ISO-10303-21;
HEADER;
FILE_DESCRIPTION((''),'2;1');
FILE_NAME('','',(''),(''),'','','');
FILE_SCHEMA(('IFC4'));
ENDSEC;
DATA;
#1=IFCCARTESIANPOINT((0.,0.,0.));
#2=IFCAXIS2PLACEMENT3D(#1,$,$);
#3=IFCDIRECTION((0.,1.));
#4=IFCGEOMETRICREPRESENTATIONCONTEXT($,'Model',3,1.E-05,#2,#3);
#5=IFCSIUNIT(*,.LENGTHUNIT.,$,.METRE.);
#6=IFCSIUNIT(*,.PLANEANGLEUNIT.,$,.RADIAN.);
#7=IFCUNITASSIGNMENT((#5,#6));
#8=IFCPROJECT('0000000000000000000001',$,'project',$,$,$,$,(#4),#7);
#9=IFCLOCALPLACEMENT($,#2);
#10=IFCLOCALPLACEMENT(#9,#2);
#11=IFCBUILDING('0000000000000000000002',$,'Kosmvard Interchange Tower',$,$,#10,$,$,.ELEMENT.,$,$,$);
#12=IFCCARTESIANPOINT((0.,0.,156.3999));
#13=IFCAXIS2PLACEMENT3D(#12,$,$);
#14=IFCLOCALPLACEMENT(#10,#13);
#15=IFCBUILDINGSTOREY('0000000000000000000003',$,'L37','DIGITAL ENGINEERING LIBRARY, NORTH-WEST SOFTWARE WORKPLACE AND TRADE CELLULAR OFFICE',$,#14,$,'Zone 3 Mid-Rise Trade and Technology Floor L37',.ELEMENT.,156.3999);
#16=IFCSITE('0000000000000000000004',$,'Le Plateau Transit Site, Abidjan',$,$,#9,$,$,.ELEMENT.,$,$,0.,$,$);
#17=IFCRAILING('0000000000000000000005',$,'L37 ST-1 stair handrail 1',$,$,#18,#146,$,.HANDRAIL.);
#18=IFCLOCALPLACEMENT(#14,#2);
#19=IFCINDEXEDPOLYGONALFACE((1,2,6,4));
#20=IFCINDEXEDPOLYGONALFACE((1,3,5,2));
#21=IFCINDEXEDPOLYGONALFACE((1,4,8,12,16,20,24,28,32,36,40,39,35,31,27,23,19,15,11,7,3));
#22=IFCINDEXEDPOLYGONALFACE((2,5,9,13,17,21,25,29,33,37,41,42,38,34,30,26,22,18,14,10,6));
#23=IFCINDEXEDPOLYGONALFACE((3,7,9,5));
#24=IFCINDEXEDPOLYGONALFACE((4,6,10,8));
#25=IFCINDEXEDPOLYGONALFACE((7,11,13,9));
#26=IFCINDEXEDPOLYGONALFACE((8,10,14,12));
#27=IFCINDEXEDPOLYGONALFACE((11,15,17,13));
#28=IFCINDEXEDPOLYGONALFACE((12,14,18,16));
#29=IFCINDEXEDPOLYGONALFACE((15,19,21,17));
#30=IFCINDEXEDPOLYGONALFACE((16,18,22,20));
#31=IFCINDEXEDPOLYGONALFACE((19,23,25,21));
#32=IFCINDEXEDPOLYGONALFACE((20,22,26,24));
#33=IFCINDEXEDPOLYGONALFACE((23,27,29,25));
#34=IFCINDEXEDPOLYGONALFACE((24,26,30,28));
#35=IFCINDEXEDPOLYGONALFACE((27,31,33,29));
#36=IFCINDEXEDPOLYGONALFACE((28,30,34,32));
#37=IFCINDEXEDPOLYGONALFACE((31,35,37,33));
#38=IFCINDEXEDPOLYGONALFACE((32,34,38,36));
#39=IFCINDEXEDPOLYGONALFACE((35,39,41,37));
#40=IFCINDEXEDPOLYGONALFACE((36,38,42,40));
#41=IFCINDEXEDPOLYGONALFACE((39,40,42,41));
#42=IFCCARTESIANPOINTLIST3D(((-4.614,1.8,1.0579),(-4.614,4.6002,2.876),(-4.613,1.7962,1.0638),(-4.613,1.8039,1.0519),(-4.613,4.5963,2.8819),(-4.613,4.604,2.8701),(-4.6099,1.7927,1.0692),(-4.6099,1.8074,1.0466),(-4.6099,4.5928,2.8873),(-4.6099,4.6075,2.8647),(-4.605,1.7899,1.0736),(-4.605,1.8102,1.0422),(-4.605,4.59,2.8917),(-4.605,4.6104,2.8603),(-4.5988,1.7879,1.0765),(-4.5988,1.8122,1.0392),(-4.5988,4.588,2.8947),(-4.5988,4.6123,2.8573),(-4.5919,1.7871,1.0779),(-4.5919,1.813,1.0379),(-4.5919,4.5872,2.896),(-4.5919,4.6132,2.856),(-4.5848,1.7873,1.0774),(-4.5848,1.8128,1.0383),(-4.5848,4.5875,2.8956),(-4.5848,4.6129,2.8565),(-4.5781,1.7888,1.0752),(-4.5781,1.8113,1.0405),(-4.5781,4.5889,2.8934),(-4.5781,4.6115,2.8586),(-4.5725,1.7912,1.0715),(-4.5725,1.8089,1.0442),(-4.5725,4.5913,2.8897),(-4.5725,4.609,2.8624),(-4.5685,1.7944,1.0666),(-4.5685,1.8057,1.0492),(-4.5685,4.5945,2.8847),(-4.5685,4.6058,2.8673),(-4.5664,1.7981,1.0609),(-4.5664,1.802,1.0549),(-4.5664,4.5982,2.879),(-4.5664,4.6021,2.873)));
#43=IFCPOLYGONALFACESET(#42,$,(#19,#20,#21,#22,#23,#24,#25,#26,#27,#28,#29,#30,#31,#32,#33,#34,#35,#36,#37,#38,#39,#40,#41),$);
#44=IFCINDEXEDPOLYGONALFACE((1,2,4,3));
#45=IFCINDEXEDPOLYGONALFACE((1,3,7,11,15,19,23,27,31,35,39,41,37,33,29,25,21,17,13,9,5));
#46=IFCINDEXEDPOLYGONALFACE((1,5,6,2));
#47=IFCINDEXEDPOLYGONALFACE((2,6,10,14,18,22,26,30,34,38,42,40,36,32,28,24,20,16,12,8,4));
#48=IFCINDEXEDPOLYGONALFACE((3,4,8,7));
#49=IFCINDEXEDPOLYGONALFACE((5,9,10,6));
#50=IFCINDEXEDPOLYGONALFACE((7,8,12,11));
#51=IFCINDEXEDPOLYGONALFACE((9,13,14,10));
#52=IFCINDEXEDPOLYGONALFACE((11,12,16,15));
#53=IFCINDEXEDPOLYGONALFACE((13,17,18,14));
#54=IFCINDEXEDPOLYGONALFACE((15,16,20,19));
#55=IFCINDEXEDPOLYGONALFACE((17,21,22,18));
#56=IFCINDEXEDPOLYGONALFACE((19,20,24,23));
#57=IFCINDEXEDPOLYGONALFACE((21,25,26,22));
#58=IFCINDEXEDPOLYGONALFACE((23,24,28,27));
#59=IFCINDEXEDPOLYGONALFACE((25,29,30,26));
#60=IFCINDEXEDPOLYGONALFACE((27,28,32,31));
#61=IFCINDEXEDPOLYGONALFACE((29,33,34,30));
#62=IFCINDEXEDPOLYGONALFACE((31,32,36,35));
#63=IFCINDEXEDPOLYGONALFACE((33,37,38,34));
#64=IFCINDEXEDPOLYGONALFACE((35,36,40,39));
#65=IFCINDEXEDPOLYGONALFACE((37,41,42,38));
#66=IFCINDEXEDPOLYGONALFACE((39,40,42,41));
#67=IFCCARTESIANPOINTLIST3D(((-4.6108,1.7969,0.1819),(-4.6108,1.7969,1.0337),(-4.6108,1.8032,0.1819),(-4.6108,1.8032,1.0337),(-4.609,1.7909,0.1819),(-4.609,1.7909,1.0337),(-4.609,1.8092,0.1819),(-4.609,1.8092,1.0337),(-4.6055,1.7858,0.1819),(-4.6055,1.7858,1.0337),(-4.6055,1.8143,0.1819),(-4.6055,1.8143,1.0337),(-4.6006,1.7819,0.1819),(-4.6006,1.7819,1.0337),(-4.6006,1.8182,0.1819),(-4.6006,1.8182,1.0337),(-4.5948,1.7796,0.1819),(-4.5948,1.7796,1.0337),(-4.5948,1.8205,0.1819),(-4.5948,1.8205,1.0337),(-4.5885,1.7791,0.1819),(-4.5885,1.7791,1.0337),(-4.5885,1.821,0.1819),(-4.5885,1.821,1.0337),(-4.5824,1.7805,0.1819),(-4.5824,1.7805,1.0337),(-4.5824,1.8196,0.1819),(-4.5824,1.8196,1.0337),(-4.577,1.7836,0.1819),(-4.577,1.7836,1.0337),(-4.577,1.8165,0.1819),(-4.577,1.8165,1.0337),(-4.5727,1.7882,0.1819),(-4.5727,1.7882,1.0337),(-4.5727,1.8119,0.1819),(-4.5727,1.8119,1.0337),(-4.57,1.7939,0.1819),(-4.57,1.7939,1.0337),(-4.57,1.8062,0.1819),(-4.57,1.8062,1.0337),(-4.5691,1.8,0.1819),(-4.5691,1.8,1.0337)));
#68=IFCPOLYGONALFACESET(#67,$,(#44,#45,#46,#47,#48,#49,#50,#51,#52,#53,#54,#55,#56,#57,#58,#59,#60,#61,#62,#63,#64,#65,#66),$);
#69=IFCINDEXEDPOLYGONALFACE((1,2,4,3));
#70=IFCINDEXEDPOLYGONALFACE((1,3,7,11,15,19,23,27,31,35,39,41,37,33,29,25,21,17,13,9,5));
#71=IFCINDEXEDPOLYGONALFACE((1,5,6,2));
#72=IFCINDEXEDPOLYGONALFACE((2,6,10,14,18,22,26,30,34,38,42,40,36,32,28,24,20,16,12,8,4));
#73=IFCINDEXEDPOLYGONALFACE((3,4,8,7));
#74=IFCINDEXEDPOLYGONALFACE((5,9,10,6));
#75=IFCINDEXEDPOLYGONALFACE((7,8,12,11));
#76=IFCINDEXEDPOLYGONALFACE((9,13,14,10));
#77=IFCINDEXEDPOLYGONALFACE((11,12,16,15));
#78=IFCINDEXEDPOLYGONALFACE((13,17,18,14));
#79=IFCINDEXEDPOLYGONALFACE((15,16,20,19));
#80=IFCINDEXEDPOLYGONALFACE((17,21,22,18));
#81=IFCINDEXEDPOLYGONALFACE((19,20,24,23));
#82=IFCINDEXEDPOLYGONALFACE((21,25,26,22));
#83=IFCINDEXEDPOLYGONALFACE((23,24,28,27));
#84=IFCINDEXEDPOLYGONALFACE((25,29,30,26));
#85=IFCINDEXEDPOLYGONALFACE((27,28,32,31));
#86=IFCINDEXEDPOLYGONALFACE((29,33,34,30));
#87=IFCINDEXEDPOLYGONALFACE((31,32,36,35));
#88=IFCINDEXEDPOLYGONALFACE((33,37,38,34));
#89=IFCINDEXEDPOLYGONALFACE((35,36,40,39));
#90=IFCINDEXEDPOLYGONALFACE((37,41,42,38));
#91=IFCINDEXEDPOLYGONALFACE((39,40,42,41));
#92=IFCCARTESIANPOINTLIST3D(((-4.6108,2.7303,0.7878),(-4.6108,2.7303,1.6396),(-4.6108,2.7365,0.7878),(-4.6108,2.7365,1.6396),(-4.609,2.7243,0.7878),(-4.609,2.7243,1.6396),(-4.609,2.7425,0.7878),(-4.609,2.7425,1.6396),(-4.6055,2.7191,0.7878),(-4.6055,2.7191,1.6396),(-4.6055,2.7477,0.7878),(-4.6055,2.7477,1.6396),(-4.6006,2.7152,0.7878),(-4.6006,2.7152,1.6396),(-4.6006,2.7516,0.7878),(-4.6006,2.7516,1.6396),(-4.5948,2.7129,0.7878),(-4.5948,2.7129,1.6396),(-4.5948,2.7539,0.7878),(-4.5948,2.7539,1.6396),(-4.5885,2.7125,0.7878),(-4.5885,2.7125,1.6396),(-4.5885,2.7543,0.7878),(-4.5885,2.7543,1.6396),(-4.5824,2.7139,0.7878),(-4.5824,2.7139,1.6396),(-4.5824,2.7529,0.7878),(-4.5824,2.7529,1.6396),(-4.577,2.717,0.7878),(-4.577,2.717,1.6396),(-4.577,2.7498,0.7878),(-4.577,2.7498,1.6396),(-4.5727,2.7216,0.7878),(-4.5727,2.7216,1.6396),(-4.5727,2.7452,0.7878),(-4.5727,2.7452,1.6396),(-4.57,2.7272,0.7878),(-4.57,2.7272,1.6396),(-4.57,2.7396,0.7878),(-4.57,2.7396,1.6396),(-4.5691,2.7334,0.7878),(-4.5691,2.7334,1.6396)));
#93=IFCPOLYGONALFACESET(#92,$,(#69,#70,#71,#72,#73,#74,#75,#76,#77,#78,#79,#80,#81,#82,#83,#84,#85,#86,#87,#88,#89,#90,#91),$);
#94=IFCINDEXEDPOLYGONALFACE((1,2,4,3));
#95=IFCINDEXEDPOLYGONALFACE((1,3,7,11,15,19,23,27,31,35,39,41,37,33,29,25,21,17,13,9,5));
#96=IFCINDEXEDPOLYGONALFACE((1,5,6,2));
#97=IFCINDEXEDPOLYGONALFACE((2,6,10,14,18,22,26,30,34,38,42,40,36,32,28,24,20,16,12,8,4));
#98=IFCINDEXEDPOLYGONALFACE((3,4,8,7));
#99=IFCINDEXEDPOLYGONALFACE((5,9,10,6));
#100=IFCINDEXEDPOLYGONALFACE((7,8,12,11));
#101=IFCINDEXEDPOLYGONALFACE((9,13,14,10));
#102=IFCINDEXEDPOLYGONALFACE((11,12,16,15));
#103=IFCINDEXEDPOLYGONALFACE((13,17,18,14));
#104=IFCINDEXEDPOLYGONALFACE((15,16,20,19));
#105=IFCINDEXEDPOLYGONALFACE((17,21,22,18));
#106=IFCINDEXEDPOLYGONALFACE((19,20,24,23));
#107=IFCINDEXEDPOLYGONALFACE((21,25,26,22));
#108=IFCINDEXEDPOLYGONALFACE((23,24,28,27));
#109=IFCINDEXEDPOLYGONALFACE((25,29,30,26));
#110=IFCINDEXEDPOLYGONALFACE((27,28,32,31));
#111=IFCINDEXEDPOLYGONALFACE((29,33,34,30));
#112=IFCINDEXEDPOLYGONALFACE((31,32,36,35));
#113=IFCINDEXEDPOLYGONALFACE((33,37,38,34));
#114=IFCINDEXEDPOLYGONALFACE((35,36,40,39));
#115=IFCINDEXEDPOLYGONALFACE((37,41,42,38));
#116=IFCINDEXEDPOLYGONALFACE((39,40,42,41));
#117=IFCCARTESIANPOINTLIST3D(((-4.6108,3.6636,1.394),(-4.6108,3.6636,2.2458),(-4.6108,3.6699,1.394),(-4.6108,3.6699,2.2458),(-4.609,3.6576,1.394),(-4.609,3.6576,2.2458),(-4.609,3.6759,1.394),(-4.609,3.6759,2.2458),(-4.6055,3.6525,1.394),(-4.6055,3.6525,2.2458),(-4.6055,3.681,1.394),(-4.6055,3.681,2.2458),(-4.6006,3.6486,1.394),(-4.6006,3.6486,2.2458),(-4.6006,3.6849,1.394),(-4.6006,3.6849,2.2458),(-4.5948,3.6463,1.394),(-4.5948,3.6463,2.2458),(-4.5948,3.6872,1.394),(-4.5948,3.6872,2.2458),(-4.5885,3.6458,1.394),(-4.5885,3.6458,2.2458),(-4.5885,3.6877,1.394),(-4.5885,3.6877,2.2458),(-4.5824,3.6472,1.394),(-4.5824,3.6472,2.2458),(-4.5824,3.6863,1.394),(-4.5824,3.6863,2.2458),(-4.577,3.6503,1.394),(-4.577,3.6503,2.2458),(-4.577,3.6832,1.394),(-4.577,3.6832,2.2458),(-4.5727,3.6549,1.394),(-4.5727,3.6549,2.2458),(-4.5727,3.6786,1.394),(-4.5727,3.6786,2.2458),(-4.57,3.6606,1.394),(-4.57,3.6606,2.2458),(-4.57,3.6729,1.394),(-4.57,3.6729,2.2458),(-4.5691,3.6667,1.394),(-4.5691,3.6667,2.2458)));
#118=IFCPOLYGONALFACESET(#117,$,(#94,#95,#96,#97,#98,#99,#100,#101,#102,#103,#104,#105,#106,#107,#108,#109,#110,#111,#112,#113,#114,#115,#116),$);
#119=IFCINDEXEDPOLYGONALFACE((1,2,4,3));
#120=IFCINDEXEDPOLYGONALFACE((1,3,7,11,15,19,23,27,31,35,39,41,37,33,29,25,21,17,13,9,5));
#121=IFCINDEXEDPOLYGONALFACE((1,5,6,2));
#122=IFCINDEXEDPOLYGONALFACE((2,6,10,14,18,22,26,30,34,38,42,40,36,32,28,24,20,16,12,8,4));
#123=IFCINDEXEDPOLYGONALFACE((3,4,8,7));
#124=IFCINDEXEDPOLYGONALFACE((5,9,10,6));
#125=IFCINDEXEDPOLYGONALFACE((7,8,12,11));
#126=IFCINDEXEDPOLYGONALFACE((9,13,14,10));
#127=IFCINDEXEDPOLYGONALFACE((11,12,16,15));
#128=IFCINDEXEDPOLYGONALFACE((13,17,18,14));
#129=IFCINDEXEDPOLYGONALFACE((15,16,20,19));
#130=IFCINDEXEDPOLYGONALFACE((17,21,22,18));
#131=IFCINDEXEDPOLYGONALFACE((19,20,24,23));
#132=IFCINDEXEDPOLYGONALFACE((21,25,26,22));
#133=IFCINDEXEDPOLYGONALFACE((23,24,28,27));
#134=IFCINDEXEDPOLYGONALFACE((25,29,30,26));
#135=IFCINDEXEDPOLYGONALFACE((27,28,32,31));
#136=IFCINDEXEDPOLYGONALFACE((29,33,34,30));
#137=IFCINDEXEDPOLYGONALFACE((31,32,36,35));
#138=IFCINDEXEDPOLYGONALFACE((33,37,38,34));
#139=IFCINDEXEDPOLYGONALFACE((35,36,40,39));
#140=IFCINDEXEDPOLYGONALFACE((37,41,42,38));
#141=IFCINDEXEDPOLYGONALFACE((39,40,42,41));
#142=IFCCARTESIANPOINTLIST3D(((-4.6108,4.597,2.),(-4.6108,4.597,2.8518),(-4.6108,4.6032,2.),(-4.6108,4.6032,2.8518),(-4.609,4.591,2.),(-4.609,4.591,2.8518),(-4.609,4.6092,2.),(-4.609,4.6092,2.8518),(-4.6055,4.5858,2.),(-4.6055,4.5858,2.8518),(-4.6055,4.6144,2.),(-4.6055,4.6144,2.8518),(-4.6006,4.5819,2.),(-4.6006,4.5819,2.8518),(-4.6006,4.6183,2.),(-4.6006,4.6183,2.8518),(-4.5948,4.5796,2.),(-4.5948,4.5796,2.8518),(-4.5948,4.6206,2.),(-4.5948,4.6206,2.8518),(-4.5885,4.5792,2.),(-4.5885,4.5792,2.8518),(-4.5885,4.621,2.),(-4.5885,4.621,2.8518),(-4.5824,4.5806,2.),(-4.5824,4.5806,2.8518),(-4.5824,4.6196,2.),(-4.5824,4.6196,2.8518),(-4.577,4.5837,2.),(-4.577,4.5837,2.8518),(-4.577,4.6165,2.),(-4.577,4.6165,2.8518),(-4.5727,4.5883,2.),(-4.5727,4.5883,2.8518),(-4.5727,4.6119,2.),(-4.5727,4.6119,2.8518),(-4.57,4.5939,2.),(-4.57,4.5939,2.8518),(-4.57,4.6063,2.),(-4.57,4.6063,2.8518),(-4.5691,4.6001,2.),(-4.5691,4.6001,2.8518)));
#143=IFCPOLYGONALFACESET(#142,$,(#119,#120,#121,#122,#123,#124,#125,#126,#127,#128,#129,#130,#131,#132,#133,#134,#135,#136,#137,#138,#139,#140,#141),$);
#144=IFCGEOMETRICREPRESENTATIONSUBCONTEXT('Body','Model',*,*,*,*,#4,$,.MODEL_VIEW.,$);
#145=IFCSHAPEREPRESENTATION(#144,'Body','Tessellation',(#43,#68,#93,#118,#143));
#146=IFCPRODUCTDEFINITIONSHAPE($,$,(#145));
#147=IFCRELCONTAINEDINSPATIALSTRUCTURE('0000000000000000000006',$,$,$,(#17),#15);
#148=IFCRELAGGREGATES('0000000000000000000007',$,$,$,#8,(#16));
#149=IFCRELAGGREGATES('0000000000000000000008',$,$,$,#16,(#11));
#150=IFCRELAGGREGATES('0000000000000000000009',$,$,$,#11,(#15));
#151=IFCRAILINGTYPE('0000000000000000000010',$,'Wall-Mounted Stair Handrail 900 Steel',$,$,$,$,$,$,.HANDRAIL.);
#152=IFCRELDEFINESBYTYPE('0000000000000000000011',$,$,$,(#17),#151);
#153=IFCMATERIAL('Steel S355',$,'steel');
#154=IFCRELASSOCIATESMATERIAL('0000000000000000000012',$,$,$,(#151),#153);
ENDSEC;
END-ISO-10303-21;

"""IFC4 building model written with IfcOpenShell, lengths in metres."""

from ifc_helpers import new_model, si_unit, direction, frame, origin, origin_2d, place, context, subcontext, project, spatial, circle, extrude, source, transform, mapped, material, type_object, element, save


model = new_model("IFC4")

# Units and contexts
model_context = context("Model", 3, precision=1e-05, world=origin(), true_north=direction((0.0, 1.0)))
body_context = subcontext(model_context, "Body", "Model", "MODEL_VIEW")
ifc_project = project(units=[si_unit("LENGTHUNIT", "METRE"), si_unit("PLANEANGLEUNIT", "RADIAN")], contexts=[model_context])

# Site, building, storey
site_placement = place(None, origin())
site = spatial("IfcSite", under=ifc_project, at=site_placement, Name="Le Plateau Transit Site, Abidjan", CompositionType="ELEMENT", RefElevation=0.0)
building_placement = place(site_placement, origin())
building = spatial("IfcBuilding", under=site, at=building_placement, Name="Kosmvard Interchange Tower", CompositionType="ELEMENT")
storey_placement = place(building_placement, frame((0.0, 0.0, 156.3999)))
storey = spatial("IfcBuildingStorey", under=building, at=storey_placement, Name="L37", Description="DIGITAL ENGINEERING LIBRARY, NORTH-WEST SOFTWARE WORKPLACE AND TRADE CELLULAR OFFICE", LongName="Zone 3 Mid-Rise Trade and Technology Floor L37", CompositionType="ELEMENT", Elevation=156.3999)

# Railing
ifc_material_1 = material(Name="Steel S355", Category="steel")
railing_type_1 = type_object("IfcRailingType", Name="Wall-Mounted Stair Handrail 900 Steel", PredefinedType="HANDRAIL", material=ifc_material_1)
shared_shape_1 = source(origin(), body_context, "Body", "SweptSolid", [
    extrude(circle(Radius=0.0239, at=origin_2d()), frame((0.0, 0.0, 0.876), z_axis=(0.0, 0.838706, 0.544585), x_axis=(-1.0, 0.0, 0.0)), (0.0, 0.0, 1.0), 3.3386),
    extrude(circle(Radius=0.021, at=origin_2d()), origin(), (0.0, 0.0, 1.0), 0.8518),
    extrude(circle(Radius=0.021, at=origin_2d()), frame((0.0, 0.9333, 0.606)), (0.0, 0.0, 1.0), 0.8518),
    extrude(circle(Radius=0.021, at=origin_2d()), frame((0.0, 1.8667, 1.2122)), (0.0, 0.0, 1.0), 0.8518),
    extrude(circle(Radius=0.021, at=origin_2d()), frame((0.0, 2.8, 1.8181)), (0.0, 0.0, 1.0), 0.8518),
])
railing_1_placement = place(storey_placement, frame((-4.5901, 1.8, 0.1819)))
element("IfcRailing", 1, at=railing_1_placement, inside=storey, type_object=railing_type_1, Name="L37 ST-1 stair handrail 1", PredefinedType="HANDRAIL", context=body_context, shape_type="MappedRepresentation", body=[
    mapped(shared_shape_1, transform((0.0, 0.0, 0.0), scale=1.0)),
])

save(model, "model.ifc")
